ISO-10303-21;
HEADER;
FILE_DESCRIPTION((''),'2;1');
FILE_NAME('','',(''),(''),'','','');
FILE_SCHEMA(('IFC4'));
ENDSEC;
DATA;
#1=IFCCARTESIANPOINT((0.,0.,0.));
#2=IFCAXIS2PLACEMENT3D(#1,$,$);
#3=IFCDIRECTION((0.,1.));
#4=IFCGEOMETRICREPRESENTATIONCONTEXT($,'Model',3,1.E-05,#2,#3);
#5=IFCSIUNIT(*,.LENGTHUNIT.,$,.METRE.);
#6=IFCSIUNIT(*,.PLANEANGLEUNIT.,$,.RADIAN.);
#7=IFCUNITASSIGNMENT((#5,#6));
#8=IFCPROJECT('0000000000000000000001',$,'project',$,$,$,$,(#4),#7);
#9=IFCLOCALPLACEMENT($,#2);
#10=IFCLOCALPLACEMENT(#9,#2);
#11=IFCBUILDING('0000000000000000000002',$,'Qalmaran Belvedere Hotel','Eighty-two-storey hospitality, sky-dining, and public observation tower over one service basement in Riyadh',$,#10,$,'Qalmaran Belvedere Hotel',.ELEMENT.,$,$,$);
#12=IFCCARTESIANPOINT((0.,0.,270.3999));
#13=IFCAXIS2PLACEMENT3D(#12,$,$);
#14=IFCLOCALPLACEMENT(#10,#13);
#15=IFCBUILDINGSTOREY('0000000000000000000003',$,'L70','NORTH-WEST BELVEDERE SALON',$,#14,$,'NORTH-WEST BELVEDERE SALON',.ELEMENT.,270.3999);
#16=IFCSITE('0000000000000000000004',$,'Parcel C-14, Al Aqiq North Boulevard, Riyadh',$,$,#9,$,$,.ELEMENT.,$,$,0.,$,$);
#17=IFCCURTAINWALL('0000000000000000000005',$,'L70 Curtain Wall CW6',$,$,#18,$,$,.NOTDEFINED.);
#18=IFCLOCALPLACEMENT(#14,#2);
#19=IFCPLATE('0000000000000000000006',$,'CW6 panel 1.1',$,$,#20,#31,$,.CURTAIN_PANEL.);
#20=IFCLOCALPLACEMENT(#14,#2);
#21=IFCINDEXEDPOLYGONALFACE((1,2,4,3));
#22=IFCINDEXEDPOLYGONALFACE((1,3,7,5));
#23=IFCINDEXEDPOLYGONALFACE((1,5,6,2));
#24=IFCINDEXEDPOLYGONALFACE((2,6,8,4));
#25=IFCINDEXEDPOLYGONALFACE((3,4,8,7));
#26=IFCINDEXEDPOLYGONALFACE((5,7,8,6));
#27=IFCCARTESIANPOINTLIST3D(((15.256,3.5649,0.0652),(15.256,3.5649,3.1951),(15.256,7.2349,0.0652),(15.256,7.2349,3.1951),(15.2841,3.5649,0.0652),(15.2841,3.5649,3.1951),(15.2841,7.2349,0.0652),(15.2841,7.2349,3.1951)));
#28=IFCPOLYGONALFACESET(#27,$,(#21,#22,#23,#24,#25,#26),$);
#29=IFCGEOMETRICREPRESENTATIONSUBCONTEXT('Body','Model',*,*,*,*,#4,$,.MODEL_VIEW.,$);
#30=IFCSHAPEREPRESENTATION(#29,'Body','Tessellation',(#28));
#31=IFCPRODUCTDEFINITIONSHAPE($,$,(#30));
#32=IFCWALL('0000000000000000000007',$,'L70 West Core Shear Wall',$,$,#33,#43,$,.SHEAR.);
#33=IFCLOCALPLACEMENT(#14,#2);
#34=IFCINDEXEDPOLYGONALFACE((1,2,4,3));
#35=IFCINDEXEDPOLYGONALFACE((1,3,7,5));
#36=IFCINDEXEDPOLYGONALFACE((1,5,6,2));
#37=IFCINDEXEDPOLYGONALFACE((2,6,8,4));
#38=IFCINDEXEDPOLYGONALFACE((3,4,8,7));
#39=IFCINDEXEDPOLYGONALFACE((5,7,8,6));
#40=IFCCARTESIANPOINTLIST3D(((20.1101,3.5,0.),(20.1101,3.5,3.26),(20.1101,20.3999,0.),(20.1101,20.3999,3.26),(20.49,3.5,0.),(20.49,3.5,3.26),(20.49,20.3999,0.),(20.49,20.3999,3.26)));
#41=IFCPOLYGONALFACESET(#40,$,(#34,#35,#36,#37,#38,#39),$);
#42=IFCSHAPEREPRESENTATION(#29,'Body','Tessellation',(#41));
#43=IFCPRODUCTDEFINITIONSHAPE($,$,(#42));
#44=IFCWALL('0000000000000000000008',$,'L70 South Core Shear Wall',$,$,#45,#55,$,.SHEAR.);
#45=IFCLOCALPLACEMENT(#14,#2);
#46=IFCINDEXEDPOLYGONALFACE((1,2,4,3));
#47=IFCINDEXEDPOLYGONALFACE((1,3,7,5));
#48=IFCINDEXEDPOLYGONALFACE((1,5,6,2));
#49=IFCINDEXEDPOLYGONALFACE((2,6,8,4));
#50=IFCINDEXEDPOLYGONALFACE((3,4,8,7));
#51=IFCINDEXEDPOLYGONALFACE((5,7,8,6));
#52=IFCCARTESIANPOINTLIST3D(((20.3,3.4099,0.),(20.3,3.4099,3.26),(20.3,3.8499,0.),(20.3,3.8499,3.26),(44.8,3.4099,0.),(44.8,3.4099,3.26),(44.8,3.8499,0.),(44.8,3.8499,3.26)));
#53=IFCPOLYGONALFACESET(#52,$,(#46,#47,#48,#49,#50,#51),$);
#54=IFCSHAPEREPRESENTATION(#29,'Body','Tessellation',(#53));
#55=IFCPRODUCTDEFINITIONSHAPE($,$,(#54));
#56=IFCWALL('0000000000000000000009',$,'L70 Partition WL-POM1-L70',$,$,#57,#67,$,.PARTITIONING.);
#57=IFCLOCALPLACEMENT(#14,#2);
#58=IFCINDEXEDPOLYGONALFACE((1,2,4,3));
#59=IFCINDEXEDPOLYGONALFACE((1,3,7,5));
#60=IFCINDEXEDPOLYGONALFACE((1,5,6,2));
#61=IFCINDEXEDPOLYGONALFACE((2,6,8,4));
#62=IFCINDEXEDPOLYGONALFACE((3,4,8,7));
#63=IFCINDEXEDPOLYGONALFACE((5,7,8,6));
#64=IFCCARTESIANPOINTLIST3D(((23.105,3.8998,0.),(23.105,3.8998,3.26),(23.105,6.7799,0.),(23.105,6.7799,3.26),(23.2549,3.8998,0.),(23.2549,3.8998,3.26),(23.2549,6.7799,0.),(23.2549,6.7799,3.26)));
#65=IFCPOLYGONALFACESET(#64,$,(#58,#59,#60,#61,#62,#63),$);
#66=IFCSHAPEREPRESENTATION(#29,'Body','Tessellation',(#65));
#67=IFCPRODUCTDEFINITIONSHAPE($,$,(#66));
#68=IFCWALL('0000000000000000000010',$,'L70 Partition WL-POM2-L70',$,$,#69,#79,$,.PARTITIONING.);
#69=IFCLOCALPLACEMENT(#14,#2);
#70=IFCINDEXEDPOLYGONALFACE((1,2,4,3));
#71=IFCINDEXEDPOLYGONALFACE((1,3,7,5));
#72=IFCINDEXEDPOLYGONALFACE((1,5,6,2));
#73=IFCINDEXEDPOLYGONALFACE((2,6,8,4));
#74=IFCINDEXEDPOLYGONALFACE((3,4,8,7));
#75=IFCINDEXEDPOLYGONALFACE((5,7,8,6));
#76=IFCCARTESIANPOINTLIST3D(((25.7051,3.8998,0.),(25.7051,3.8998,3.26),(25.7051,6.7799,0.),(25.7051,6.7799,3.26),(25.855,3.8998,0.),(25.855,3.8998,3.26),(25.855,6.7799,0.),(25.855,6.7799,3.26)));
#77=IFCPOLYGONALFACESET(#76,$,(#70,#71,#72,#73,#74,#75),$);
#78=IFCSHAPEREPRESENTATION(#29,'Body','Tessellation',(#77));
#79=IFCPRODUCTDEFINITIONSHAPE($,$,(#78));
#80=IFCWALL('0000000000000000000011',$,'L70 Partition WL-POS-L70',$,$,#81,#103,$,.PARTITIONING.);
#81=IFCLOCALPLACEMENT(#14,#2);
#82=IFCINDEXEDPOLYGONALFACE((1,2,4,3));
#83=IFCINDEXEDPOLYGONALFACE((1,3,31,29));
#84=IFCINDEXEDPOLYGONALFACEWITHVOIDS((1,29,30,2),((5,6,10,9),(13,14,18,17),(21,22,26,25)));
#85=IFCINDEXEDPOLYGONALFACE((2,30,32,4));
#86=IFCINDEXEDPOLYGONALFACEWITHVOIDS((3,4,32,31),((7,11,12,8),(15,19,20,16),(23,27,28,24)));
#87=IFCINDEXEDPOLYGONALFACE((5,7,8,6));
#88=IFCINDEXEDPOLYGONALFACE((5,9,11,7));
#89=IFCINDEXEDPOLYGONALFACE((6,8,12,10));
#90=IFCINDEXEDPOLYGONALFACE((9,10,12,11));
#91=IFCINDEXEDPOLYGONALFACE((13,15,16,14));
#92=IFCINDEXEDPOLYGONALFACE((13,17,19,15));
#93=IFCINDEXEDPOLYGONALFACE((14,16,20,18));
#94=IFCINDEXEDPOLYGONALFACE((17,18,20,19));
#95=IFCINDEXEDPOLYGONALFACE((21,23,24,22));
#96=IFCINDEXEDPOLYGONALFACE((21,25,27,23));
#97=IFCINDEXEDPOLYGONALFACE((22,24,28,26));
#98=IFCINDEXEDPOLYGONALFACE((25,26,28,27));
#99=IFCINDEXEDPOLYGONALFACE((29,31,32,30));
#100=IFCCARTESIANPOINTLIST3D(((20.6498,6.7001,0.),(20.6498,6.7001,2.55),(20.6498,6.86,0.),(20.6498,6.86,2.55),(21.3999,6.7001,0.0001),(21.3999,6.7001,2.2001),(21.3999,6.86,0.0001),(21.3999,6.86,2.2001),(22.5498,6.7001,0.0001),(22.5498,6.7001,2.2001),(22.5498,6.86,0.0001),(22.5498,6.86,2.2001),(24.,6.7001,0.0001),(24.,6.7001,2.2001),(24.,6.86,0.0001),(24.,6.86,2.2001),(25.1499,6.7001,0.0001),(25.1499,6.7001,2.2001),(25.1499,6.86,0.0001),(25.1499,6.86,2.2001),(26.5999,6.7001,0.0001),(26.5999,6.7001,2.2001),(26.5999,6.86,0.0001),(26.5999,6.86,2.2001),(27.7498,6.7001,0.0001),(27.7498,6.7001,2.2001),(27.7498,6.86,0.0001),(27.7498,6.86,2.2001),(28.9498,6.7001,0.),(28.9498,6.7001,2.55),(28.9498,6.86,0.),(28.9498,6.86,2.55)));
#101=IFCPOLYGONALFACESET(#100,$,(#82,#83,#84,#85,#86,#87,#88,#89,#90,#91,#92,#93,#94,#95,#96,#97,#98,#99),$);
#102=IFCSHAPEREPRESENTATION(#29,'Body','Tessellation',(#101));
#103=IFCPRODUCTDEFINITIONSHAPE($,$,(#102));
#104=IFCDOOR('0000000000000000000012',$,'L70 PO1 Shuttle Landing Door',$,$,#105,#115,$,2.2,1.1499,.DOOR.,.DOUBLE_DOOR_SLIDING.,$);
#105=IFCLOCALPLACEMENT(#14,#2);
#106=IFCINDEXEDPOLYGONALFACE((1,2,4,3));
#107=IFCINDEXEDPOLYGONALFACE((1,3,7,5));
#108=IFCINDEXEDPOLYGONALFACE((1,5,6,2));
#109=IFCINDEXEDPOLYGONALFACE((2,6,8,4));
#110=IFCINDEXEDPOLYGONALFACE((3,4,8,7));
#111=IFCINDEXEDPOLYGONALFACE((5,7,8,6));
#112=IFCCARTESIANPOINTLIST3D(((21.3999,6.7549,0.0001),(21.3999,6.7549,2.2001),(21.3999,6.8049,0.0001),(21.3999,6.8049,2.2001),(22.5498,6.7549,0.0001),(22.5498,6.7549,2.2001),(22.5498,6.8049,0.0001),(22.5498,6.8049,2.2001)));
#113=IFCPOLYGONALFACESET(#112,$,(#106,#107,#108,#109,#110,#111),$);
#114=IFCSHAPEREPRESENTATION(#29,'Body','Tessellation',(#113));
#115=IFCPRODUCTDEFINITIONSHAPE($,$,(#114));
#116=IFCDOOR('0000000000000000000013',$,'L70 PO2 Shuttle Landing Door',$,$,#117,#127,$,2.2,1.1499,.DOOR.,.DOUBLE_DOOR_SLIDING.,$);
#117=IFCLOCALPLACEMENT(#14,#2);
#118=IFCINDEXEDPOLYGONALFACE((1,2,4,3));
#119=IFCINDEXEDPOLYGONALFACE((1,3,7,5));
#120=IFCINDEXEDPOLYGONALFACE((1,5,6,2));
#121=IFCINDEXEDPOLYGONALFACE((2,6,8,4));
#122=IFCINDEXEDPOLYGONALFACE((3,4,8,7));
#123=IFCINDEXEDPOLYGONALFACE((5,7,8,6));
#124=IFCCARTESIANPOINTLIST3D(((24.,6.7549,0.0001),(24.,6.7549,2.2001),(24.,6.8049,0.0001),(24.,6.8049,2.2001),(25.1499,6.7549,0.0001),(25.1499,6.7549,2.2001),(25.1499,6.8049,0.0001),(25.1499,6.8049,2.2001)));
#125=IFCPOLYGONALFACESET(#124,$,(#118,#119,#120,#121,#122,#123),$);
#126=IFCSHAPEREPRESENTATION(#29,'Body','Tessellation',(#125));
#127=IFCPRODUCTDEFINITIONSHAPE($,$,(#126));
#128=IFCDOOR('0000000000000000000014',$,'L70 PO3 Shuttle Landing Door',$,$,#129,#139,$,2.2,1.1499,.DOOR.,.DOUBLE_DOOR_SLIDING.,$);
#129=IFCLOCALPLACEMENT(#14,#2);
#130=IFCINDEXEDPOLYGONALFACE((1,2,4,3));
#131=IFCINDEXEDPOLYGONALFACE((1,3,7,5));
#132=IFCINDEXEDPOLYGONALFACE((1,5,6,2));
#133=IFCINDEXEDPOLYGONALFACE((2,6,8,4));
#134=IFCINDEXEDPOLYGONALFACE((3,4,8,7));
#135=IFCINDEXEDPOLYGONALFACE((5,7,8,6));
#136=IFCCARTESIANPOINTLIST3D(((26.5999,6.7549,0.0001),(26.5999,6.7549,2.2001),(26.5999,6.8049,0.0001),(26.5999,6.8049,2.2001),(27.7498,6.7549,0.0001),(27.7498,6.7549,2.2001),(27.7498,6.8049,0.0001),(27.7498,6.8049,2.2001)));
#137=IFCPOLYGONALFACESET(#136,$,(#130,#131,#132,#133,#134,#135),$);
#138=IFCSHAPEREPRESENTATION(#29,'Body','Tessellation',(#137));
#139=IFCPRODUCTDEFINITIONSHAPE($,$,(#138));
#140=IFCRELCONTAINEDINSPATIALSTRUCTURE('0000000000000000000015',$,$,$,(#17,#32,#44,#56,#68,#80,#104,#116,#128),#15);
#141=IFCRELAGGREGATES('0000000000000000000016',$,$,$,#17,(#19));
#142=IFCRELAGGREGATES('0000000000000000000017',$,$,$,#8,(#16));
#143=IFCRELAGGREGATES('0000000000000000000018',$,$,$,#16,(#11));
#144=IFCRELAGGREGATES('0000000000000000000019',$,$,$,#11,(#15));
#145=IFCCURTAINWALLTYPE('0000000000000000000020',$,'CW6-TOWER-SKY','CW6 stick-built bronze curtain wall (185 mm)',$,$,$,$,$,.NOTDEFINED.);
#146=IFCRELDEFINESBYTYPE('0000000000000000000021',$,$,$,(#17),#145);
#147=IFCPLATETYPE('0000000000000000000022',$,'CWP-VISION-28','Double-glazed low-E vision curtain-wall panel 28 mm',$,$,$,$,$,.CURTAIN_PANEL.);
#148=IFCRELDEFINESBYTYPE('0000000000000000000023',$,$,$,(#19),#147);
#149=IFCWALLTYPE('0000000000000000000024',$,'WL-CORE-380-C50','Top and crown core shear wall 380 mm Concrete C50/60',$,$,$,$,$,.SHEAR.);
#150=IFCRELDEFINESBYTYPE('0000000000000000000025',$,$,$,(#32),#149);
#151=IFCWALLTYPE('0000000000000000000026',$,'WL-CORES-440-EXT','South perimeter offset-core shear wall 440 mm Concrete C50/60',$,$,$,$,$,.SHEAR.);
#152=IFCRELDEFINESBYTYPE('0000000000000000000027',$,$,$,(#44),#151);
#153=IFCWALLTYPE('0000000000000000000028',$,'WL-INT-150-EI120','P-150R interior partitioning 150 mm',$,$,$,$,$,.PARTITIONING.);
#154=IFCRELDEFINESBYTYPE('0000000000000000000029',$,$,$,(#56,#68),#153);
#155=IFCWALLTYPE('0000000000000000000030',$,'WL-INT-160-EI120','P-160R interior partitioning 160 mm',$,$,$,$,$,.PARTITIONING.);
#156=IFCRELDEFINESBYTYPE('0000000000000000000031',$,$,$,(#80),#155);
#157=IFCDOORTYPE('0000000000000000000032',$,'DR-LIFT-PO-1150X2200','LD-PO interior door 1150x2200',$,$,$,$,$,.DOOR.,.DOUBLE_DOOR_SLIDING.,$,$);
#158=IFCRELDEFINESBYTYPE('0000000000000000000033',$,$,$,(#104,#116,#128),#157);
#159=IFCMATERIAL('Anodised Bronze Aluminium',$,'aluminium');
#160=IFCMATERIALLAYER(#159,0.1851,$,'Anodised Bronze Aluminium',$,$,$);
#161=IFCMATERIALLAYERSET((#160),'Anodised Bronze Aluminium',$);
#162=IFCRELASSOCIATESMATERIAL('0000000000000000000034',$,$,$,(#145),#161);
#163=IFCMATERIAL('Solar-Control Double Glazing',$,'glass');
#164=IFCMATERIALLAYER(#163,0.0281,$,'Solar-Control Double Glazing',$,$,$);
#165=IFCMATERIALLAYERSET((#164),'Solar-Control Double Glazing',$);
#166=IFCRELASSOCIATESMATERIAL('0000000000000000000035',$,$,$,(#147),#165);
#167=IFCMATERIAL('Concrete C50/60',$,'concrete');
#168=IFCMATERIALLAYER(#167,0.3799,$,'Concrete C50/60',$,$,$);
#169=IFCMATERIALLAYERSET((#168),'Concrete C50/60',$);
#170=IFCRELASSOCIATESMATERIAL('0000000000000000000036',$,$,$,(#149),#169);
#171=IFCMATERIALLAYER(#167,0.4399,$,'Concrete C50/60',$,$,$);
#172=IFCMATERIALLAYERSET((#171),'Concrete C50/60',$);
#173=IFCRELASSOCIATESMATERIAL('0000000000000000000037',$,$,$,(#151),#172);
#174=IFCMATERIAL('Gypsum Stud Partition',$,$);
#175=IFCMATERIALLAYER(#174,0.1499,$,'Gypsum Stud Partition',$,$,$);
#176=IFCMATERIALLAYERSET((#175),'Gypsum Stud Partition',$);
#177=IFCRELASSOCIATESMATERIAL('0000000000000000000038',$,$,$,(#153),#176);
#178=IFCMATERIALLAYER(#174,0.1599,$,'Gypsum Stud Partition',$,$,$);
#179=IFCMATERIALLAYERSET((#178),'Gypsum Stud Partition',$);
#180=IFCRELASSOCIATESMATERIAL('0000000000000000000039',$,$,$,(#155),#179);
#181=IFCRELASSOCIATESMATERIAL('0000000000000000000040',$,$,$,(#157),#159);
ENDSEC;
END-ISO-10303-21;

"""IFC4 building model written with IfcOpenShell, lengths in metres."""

from ifc_helpers import new_model, si_unit, direction, frame, frame_2d, origin, origin_2d, place, context, subcontext, project, spatial, rectangle, extrude, material, layer, layer_set, type_object, element, fill, aggregate, save


model = new_model("IFC4")

# Units and contexts
model_context = context("Model", 3, precision=1e-05, world=origin(), true_north=direction((0.0, 1.0)))
body_context = subcontext(model_context, "Body", "Model", "MODEL_VIEW")
ifc_project = project(units=[si_unit("LENGTHUNIT", "METRE"), si_unit("PLANEANGLEUNIT", "RADIAN")], contexts=[model_context])

# Site, building, storey
site_placement = place(None, origin())
site = spatial("IfcSite", under=ifc_project, at=site_placement, Name="Parcel C-14, Al Aqiq North Boulevard, Riyadh", CompositionType="ELEMENT", RefElevation=0.0)
building_placement = place(site_placement, origin())
building = spatial("IfcBuilding", under=site, at=building_placement, Name="Qalmaran Belvedere Hotel", Description="Eighty-two-storey hospitality, sky-dining, and public observation tower over one service basement in Riyadh", LongName="Qalmaran Belvedere Hotel", CompositionType="ELEMENT")
storey_placement = place(building_placement, frame((0.0, 0.0, 270.3999)))
storey = spatial("IfcBuildingStorey", under=building, at=storey_placement, Name="L70", Description="NORTH-WEST BELVEDERE SALON", LongName="NORTH-WEST BELVEDERE SALON", CompositionType="ELEMENT", Elevation=270.3999)

# Shared definitions
ifc_material_1 = material(Name="Concrete C50/60", Category="concrete")

# Shared definitions
ifc_material_2 = material(Name="Anodised Bronze Aluminium", Category="aluminium")
ifc_layer_1 = layer(ifc_material_2, 0.1851, Name="Anodised Bronze Aluminium")
ifc_layer_set_1 = layer_set([ifc_layer_1], Name="Anodised Bronze Aluminium")
curtain_wall_type = type_object("IfcCurtainWallType", Name="CW6-TOWER-SKY", Description="CW6 stick-built bronze curtain wall (185 mm)", PredefinedType="NOTDEFINED", material=ifc_layer_set_1)

# Curtain wall
curtain_wall_1_placement = place(storey_placement, origin())
curtain_wall_1 = element("IfcCurtainWall", 1, at=curtain_wall_1_placement, inside=storey, type_object=curtain_wall_type, Name="L70 Curtain Wall CW6", PredefinedType="NOTDEFINED")

# Plate
ifc_material_3 = material(Name="Solar-Control Double Glazing", Category="glass")
ifc_layer_2 = layer(ifc_material_3, 0.0281, Name="Solar-Control Double Glazing")
ifc_layer_set_2 = layer_set([ifc_layer_2], Name="Solar-Control Double Glazing")
plate_type = type_object("IfcPlateType", Name="CWP-VISION-28", Description="Double-glazed low-E vision curtain-wall panel 28 mm", PredefinedType="CURTAIN_PANEL", material=ifc_layer_set_2)
plate_1_placement = place(storey_placement, frame((15.27, 5.3999, 0.0652), z_axis=(0.0, 0.0, 1.0), x_axis=(0.0, -1.0, 0.0)))
plate_1 = element("IfcPlate", 2, at=plate_1_placement, type_object=plate_type, Name="CW6 panel 1.1", PredefinedType="CURTAIN_PANEL", context=body_context, shape_type="SweptSolid", body=[
    extrude(rectangle(XDim=3.6699, YDim=0.0281, at=origin_2d()), origin(), (0.0, 0.0, 1.0), 3.1299),
])
aggregate(curtain_wall_1, [plate_1])

# Walls
ifc_layer_3 = layer(ifc_material_1, 0.3799, Name="Concrete C50/60")
ifc_layer_set_3 = layer_set([ifc_layer_3], Name="Concrete C50/60")
wall_type_1 = type_object("IfcWallType", Name="WL-CORE-380-C50", Description="Top and crown core shear wall 380 mm Concrete C50/60", PredefinedType="SHEAR", material=ifc_layer_set_3)
wall_1_placement = place(storey_placement, frame((20.3, 3.5, 0.0), z_axis=(0.0, 0.0, 1.0), x_axis=(0.0, 1.0, 0.0)))
element("IfcWall", 3, at=wall_1_placement, inside=storey, type_object=wall_type_1, Name="L70 West Core Shear Wall", PredefinedType="SHEAR", context=body_context, shape_type="SweptSolid", body=[
    extrude(rectangle(XDim=16.8999, YDim=0.3799, at=frame_2d((8.45, 0.0))), origin(), (0.0, 0.0, 1.0), 3.26),
])
ifc_layer_4 = layer(ifc_material_1, 0.4399, Name="Concrete C50/60")
ifc_layer_set_4 = layer_set([ifc_layer_4], Name="Concrete C50/60")
wall_type_2 = type_object("IfcWallType", Name="WL-CORES-440-EXT", Description="South perimeter offset-core shear wall 440 mm Concrete C50/60", PredefinedType="SHEAR", material=ifc_layer_set_4)
wall_2_placement = place(storey_placement, frame((20.3, 3.6299, 0.0), z_axis=(0.0, 0.0, 1.0), x_axis=(1.0, 0.0, 0.0)))
element("IfcWall", 4, at=wall_2_placement, inside=storey, type_object=wall_type_2, Name="L70 South Core Shear Wall", PredefinedType="SHEAR", context=body_context, shape_type="SweptSolid", body=[
    extrude(rectangle(XDim=24.5, YDim=0.4399, at=frame_2d((12.25, 0.0))), origin(), (0.0, 0.0, 1.0), 3.26),
])
ifc_material_4 = material(Name="Gypsum Stud Partition")
ifc_layer_5 = layer(ifc_material_4, 0.1499, Name="Gypsum Stud Partition")
ifc_layer_set_5 = layer_set([ifc_layer_5], Name="Gypsum Stud Partition")
wall_type_3 = type_object("IfcWallType", Name="WL-INT-150-EI120", Description="P-150R interior partitioning 150 mm", PredefinedType="PARTITIONING", material=ifc_layer_set_5)
for number, where, z_axis, x_axis, name in (
    (5, (23.1799, 3.8999, 0.0), (0.0, 0.0, 1.0), (0.0, 1.0, 0.0), "L70 Partition WL-POM1-L70"),
    (6, (25.78, 3.8999, 0.0), (0.0, 0.0, 1.0), (0.0, 1.0, 0.0), "L70 Partition WL-POM2-L70"),
):
    element("IfcWall", number, at=place(storey_placement, frame(where, z_axis=z_axis, x_axis=x_axis)), inside=storey, type_object=wall_type_3, Name=name, PredefinedType="PARTITIONING", context=body_context, shape_type="SweptSolid", body=[
        extrude(rectangle(XDim=2.8801, YDim=0.1499, at=frame_2d((1.4399, 0.0))), origin(), (0.0, 0.0, 1.0), 3.26),
    ])

# Wall, openings, doors
ifc_layer_6 = layer(ifc_material_4, 0.1599, Name="Gypsum Stud Partition")
ifc_layer_set_6 = layer_set([ifc_layer_6], Name="Gypsum Stud Partition")
wall_type_4 = type_object("IfcWallType", Name="WL-INT-160-EI120", Description="P-160R interior partitioning 160 mm", PredefinedType="PARTITIONING", material=ifc_layer_set_6)
wall_3_placement = place(storey_placement, frame((20.6499, 6.78, 0.0), z_axis=(0.0, 0.0, 1.0), x_axis=(1.0, 0.0, 0.0)))
wall_3 = element("IfcWall", 7, at=wall_3_placement, inside=storey, type_object=wall_type_4, Name="L70 Partition WL-POS-L70", PredefinedType="PARTITIONING", context=body_context, shape_type="SweptSolid", body=[
    extrude(rectangle(XDim=8.3, YDim=0.1599, at=frame_2d((4.1499, 0.0))), origin(), (0.0, 0.0, 1.0), 2.55),
])
opening_1_placement = place(wall_3_placement, frame((0.75, 0.0, 0.0)))
opening_1 = element("IfcOpeningElement", 8, at=opening_1_placement, cuts=wall_3, PredefinedType="OPENING", context=body_context, shape_type="SweptSolid", body=[
    extrude(rectangle(XDim=1.1499, YDim=2.2, at=frame_2d((0.575, 1.1001))), frame((0.0, 0.0898, 0.0), z_axis=(0.0, -1.0, 0.0), x_axis=(1.0, 0.0, 0.0)), (0.0, 0.0, 1.0), 0.1799),
])
opening_2_placement = place(wall_3_placement, frame((3.3501, 0.0, 0.0)))
opening_2 = element("IfcOpeningElement", 9, at=opening_2_placement, cuts=wall_3, PredefinedType="OPENING", context=body_context, shape_type="SweptSolid", body=[
    extrude(rectangle(XDim=1.1499, YDim=2.2, at=frame_2d((0.575, 1.1001))), frame((0.0, 0.0898, 0.0), z_axis=(0.0, -1.0, 0.0), x_axis=(1.0, 0.0, 0.0)), (0.0, 0.0, 1.0), 0.1799),
])
opening_3_placement = place(wall_3_placement, frame((5.95, 0.0, 0.0)))
opening_3 = element("IfcOpeningElement", 10, at=opening_3_placement, cuts=wall_3, PredefinedType="OPENING", context=body_context, shape_type="SweptSolid", body=[
    extrude(rectangle(XDim=1.1499, YDim=2.2, at=frame_2d((0.575, 1.1001))), frame((0.0, 0.0898, 0.0), z_axis=(0.0, -1.0, 0.0), x_axis=(1.0, 0.0, 0.0)), (0.0, 0.0, 1.0), 0.1799),
])
door_type = type_object("IfcDoorType", Name="DR-LIFT-PO-1150X2200", Description="LD-PO interior door 1150x2200", OperationType="DOUBLE_DOOR_SLIDING", PredefinedType="DOOR", material=ifc_material_2)
door_1_placement = place(opening_1_placement, origin())
door_1 = element("IfcDoor", 11, at=door_1_placement, inside=storey, type_object=door_type, Name="L70 PO1 Shuttle Landing Door", OperationType="DOUBLE_DOOR_SLIDING", OverallHeight=2.2, OverallWidth=1.1499, PredefinedType="DOOR", context=body_context, shape_type="SweptSolid", body=[
    extrude(rectangle(XDim=1.1499, YDim=2.2, at=frame_2d((0.575, 1.1001))), frame((0.0, 0.0249, 0.0), z_axis=(0.0, -1.0, 0.0), x_axis=(1.0, 0.0, 0.0)), (0.0, 0.0, 1.0), 0.05),
])
fill(opening_1, door_1)
door_2_placement = place(opening_2_placement, origin())
door_2 = element("IfcDoor", 12, at=door_2_placement, inside=storey, type_object=door_type, Name="L70 PO2 Shuttle Landing Door", OperationType="DOUBLE_DOOR_SLIDING", OverallHeight=2.2, OverallWidth=1.1499, PredefinedType="DOOR", context=body_context, shape_type="SweptSolid", body=[
    extrude(rectangle(XDim=1.1499, YDim=2.2, at=frame_2d((0.575, 1.1001))), frame((0.0, 0.0249, 0.0), z_axis=(0.0, -1.0, 0.0), x_axis=(1.0, 0.0, 0.0)), (0.0, 0.0, 1.0), 0.05),
])
fill(opening_2, door_2)
door_3_placement = place(opening_3_placement, origin())
door_3 = element("IfcDoor", 13, at=door_3_placement, inside=storey, type_object=door_type, Name="L70 PO3 Shuttle Landing Door", OperationType="DOUBLE_DOOR_SLIDING", OverallHeight=2.2, OverallWidth=1.1499, PredefinedType="DOOR", context=body_context, shape_type="SweptSolid", body=[
    extrude(rectangle(XDim=1.1499, YDim=2.2, at=frame_2d((0.575, 1.1001))), frame((0.0, 0.0249, 0.0), z_axis=(0.0, -1.0, 0.0), x_axis=(1.0, 0.0, 0.0)), (0.0, 0.0, 1.0), 0.05),
])
fill(opening_3, door_3)

save(model, "model.ifc")
